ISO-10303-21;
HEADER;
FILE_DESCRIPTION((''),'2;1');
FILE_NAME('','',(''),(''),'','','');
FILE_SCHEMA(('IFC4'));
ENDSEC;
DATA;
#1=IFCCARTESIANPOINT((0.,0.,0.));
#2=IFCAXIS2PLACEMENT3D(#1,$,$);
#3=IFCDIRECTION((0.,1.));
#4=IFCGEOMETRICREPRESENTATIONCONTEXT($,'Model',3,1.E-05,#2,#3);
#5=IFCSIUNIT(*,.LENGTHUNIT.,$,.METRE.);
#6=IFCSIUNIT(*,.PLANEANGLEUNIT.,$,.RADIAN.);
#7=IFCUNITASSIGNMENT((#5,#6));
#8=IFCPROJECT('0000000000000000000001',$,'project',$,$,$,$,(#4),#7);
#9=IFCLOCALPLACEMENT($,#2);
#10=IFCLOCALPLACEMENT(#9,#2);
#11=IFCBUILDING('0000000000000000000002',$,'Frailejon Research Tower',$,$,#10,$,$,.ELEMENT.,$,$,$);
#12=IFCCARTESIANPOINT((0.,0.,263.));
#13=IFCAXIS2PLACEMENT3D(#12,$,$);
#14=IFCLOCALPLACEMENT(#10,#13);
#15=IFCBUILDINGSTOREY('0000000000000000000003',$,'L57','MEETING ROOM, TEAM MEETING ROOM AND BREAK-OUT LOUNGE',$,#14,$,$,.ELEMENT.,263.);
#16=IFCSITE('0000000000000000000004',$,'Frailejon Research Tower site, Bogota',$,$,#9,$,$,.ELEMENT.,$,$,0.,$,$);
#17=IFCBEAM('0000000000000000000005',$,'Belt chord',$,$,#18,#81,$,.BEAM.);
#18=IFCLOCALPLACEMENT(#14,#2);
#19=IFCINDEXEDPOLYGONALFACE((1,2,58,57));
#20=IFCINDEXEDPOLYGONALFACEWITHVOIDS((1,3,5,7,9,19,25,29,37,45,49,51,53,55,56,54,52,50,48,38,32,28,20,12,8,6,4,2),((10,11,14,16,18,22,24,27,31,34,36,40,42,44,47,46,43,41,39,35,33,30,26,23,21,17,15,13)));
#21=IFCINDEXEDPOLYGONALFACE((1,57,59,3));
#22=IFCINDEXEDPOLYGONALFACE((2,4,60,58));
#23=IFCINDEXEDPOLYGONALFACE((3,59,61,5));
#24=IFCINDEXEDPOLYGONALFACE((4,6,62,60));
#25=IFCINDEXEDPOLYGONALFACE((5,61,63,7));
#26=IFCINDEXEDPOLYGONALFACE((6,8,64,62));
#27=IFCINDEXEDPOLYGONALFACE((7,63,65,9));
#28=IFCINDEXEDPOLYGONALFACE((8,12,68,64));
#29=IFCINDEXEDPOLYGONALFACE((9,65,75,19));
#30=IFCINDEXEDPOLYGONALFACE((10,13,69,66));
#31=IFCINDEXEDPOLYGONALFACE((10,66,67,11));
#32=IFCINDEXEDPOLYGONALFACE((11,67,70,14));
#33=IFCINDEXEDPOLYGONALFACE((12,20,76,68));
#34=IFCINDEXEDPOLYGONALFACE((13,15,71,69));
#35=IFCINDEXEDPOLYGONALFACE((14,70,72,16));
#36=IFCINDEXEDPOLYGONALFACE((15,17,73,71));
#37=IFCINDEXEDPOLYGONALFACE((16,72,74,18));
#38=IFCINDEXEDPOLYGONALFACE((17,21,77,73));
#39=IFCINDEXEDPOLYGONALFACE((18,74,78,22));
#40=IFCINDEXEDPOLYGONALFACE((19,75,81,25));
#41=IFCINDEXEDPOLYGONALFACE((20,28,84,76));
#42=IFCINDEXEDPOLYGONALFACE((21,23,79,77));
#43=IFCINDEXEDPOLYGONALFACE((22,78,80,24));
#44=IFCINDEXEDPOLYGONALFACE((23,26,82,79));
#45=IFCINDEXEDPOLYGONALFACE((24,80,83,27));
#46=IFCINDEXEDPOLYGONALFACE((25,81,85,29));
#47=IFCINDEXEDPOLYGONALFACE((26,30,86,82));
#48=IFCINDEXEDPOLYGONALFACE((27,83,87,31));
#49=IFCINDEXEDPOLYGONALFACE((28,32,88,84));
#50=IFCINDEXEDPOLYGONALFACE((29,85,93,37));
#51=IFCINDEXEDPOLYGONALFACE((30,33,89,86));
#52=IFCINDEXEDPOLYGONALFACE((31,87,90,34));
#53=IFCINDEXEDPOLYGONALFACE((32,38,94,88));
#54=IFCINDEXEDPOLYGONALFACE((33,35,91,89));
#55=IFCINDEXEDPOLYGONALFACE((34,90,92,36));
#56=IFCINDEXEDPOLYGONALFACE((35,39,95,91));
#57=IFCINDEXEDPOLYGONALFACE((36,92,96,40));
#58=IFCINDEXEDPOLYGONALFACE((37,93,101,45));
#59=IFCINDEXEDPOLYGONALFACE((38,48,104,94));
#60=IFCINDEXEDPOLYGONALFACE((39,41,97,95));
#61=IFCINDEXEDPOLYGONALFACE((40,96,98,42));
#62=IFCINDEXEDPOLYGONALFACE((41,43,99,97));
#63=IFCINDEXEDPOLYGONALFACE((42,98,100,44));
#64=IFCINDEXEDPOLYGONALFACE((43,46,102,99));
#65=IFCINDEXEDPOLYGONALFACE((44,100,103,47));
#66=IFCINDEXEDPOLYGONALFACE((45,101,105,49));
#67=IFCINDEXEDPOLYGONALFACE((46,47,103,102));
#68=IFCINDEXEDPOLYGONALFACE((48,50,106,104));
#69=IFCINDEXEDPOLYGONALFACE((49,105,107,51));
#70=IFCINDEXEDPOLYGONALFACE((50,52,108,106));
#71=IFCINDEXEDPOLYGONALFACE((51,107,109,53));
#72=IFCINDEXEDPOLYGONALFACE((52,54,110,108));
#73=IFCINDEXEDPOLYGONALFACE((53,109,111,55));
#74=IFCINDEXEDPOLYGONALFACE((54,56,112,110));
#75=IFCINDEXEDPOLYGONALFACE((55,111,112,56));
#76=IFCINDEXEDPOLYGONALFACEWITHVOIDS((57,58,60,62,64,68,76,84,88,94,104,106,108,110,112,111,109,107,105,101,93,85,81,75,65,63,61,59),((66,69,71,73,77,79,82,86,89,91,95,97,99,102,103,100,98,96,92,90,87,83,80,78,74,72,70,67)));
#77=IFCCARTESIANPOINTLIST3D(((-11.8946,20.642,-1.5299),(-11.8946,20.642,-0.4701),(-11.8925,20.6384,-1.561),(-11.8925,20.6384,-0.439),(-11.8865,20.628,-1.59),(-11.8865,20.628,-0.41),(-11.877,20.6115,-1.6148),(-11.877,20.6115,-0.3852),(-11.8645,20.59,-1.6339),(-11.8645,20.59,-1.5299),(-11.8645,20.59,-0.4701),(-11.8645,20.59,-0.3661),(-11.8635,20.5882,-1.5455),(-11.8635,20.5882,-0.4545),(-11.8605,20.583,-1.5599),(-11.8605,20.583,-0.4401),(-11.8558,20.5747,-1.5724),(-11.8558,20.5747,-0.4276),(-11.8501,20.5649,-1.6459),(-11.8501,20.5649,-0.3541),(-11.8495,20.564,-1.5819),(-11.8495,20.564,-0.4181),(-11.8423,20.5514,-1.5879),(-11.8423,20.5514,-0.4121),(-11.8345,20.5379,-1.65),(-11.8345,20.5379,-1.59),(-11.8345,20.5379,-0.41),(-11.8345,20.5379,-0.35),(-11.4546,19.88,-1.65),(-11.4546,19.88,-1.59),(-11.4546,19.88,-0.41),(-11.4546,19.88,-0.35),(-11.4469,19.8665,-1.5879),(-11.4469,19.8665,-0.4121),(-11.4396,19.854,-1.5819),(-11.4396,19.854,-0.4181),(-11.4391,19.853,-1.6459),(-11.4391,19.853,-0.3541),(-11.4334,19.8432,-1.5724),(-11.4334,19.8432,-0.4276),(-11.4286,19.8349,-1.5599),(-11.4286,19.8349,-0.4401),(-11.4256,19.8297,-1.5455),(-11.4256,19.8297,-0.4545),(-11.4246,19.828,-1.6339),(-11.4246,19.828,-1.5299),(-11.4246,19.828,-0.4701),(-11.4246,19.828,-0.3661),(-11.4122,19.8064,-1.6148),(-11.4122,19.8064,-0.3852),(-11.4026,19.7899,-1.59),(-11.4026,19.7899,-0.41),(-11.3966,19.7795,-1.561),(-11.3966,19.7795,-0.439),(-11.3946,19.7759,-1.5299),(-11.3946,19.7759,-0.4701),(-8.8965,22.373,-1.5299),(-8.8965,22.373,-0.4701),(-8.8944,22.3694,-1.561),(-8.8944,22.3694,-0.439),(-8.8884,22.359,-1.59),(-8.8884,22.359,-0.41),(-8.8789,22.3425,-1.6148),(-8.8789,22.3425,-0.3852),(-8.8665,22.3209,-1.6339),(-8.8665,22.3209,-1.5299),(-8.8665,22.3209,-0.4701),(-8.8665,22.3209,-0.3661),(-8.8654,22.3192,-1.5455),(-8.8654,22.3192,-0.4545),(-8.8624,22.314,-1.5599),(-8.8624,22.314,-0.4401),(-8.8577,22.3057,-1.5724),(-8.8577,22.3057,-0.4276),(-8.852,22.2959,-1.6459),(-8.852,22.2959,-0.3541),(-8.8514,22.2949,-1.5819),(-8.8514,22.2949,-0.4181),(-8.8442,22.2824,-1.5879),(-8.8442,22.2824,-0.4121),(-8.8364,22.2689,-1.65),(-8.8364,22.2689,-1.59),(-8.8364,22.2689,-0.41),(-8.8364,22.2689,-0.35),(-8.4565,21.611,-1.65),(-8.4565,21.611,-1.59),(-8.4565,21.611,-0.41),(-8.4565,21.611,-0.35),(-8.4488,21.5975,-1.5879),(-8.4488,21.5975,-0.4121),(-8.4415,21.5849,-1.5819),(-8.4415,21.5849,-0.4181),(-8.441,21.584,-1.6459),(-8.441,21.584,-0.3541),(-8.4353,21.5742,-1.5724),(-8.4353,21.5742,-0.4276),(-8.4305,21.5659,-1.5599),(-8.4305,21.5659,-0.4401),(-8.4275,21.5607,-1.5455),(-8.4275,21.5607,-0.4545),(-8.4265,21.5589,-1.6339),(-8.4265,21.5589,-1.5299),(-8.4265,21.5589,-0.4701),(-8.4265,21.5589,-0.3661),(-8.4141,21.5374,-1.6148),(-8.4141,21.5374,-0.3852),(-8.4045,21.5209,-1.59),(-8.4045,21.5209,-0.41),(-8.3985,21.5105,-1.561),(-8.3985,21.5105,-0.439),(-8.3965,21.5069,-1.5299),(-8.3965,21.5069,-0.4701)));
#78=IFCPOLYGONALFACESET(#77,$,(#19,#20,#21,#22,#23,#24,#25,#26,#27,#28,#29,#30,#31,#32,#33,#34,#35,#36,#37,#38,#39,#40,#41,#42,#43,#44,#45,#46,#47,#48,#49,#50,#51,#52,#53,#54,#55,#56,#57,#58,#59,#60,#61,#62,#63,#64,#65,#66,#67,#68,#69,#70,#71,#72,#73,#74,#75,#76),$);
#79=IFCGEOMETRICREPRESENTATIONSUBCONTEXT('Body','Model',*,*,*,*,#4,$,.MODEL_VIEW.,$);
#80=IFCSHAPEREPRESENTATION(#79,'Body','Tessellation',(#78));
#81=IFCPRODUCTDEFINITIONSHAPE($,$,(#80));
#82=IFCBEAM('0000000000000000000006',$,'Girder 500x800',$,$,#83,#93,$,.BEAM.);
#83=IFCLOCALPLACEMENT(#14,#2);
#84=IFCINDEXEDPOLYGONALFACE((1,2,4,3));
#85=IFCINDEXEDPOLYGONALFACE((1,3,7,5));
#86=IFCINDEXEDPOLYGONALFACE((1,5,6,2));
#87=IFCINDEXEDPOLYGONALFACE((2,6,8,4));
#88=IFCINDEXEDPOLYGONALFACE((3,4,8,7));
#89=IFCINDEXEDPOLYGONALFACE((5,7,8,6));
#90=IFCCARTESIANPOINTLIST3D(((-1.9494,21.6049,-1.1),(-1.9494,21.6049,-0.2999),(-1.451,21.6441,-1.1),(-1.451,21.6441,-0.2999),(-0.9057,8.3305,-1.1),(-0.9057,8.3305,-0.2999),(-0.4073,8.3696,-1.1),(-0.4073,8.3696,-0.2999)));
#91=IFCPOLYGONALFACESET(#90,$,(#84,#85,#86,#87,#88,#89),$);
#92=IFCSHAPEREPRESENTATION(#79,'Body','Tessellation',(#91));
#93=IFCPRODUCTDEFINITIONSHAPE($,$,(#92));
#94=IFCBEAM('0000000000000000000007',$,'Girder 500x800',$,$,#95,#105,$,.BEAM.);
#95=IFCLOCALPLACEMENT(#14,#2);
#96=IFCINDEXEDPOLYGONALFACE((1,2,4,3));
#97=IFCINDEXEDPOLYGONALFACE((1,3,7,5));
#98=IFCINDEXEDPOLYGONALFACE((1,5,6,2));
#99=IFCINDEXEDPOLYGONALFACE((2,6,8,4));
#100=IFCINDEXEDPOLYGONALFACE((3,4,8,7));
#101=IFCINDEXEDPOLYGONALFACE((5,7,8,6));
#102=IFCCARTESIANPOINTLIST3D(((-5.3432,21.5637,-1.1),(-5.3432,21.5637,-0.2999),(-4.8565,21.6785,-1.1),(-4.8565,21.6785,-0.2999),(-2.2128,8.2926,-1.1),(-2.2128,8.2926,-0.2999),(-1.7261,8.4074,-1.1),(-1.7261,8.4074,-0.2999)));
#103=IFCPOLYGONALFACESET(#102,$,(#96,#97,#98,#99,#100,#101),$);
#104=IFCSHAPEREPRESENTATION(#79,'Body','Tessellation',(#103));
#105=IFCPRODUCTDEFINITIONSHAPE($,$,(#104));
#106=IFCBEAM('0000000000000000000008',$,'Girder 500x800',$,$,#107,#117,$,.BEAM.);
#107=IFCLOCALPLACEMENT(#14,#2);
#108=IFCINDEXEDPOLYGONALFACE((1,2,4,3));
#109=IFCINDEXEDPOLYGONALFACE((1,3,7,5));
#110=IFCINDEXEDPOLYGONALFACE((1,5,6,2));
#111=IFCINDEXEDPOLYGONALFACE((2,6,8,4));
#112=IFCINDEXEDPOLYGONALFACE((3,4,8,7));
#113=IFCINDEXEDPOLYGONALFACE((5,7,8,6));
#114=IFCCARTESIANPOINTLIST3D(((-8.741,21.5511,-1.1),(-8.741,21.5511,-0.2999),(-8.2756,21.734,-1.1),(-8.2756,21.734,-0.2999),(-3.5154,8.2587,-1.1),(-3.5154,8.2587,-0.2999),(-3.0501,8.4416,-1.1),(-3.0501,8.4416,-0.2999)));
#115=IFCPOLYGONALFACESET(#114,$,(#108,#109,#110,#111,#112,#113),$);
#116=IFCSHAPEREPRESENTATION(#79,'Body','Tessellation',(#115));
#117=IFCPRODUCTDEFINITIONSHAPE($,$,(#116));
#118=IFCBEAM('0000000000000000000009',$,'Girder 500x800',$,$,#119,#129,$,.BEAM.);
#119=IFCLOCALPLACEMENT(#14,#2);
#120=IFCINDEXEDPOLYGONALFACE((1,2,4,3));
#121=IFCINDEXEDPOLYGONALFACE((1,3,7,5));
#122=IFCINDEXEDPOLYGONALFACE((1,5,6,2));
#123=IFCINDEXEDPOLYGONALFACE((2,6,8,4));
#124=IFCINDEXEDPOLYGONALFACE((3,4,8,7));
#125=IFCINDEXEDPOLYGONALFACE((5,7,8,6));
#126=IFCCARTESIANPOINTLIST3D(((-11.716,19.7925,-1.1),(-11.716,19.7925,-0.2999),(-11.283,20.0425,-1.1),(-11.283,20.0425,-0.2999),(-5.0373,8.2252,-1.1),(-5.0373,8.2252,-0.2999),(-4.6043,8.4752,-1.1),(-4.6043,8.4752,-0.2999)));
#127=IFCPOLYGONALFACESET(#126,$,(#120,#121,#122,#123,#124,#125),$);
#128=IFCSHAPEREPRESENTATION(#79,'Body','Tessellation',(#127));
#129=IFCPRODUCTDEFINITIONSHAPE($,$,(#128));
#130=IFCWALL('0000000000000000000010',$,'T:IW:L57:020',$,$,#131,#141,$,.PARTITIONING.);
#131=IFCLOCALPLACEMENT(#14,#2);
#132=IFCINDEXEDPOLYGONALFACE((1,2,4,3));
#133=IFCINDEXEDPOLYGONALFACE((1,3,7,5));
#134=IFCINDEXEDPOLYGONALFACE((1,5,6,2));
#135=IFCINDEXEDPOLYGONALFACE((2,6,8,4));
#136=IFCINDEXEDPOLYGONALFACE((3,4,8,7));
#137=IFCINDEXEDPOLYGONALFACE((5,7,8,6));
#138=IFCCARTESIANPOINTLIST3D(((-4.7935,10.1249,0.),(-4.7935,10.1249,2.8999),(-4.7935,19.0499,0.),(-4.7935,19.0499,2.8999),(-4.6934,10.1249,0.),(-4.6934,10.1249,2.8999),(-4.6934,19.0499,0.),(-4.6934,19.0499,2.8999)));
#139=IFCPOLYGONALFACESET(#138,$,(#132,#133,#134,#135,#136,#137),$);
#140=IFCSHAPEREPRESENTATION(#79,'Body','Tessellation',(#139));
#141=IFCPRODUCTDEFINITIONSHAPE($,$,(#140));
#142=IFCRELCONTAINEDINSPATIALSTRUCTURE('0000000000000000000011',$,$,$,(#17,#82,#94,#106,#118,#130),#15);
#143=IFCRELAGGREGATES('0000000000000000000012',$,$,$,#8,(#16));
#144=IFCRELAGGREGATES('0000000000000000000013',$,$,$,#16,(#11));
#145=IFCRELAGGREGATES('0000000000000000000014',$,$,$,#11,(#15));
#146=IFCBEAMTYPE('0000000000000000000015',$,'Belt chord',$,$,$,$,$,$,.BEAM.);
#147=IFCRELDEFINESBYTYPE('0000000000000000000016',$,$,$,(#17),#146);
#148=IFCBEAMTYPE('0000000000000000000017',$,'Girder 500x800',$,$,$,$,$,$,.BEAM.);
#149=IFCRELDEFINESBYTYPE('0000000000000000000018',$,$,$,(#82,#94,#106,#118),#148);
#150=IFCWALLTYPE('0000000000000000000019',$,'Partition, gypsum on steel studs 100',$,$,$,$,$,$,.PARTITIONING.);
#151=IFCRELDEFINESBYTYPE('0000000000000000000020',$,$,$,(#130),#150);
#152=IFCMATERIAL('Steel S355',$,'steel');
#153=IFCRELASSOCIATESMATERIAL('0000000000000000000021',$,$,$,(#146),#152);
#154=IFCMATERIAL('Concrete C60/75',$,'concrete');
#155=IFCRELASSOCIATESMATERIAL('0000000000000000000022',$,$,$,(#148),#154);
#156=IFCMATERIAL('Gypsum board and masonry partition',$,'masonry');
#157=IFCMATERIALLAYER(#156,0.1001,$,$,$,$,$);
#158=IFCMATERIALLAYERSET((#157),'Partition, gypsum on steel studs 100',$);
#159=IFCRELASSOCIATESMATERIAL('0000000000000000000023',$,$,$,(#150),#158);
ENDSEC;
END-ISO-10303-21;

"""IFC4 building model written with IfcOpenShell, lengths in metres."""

from ifc_helpers import new_model, si_unit, direction, frame, frame_2d, origin, origin_2d, place, context, subcontext, project, spatial, rectangle, hollow_rectangle, extrude, material, layer, layer_set, material_profile, profile_set, type_object, element, save


model = new_model("IFC4")

# Units and contexts
model_context = context("Model", 3, precision=1e-05, world=origin(), true_north=direction((0.0, 1.0)))
body_context = subcontext(model_context, "Body", "Model", "MODEL_VIEW")
ifc_project = project(units=[si_unit("LENGTHUNIT", "METRE"), si_unit("PLANEANGLEUNIT", "RADIAN")], contexts=[model_context])

# Site, building, storey
site_placement = place(None, origin())
site = spatial("IfcSite", under=ifc_project, at=site_placement, Name="Frailejon Research Tower site, Bogota", CompositionType="ELEMENT", RefElevation=0.0)
building_placement = place(site_placement, origin())
building = spatial("IfcBuilding", under=site, at=building_placement, Name="Frailejon Research Tower", CompositionType="ELEMENT")
storey_placement = place(building_placement, frame((0.0, 0.0, 263.0)))
storey = spatial("IfcBuildingStorey", under=building, at=storey_placement, Name="L57", Description="MEETING ROOM, TEAM MEETING ROOM AND BREAK-OUT LOUNGE", CompositionType="ELEMENT", Elevation=263.0)

# Beams
ifc_material_1 = material(Name="Steel S355", Category="steel")
ifc_material_profile_1 = material_profile(ifc_material_1, hollow_rectangle(XDim=1.0, YDim=1.3, WallThickness=0.0601, InnerFilletRadius=0.0601, OuterFilletRadius=0.1201, at=origin_2d()), Name="Belt chord")
ifc_profile_set_1 = profile_set([ifc_material_profile_1], Name="Steel S355")
beam_type_1 = type_object("IfcBeamType", Name="Belt chord", PredefinedType="BEAM", material=ifc_profile_set_1)
beam_1_placement = place(storey_placement, frame((-8.6465, 21.9399, -1.0), z_axis=(-0.866021, -0.500007, 0.0), x_axis=(0.500007, -0.866021, 0.0)))
element("IfcBeam", 1, at=beam_1_placement, inside=storey, type_object=beam_type_1, Name="Belt chord", PredefinedType="BEAM", context=body_context, shape_type="SweptSolid", body=[
    extrude(hollow_rectangle(XDim=1.0, YDim=1.3, WallThickness=0.0601, InnerFilletRadius=0.0601, OuterFilletRadius=0.1201, at=origin_2d()), origin(), (0.0, 0.0, 1.0), 3.4619),
])
ifc_material_2 = material(Name="Concrete C60/75", Category="concrete")
ifc_material_profile_2 = material_profile(ifc_material_2, rectangle(XDim=0.5, YDim=0.8, at=origin_2d()), Name="Girder 500x800")
ifc_profile_set_2 = profile_set([ifc_material_profile_2], Name="Concrete C60/75")
beam_type_2 = type_object("IfcBeamType", Name="Girder 500x800", PredefinedType="BEAM", material=ifc_profile_set_2)
beam_2_placement = place(storey_placement, frame((-1.7002, 21.6245, -0.7), z_axis=(0.078383, -0.996923, 0.0), x_axis=(0.996923, 0.078383, 0.0)))
element("IfcBeam", 2, at=beam_2_placement, inside=storey, type_object=beam_type_2, Name="Girder 500x800", PredefinedType="BEAM", context=body_context, shape_type="SweptSolid", body=[
    extrude(rectangle(XDim=0.5, YDim=0.8, at=origin_2d()), origin(), (0.0, 0.0, 1.0), 13.3154),
])
beam_3_placement = place(storey_placement, frame((-5.0999, 21.6211, -0.7), z_axis=(0.22958, -0.97329, 0.0), x_axis=(0.97329, 0.22958, 0.0)))
element("IfcBeam", 3, at=beam_3_placement, inside=storey, type_object=beam_type_2, Name="Girder 500x800", PredefinedType="BEAM", context=body_context, shape_type="SweptSolid", body=[
    extrude(rectangle(XDim=0.5, YDim=0.8, at=origin_2d()), origin(), (0.0, 0.0, 1.0), 13.6353),
])
beam_4_placement = place(storey_placement, frame((-8.5083, 21.6426, -0.7), z_axis=(0.365867, -0.930667, 0.0), x_axis=(0.930667, 0.365867, 0.0)))
element("IfcBeam", 4, at=beam_4_placement, inside=storey, type_object=beam_type_2, Name="Girder 500x800", PredefinedType="BEAM", context=body_context, shape_type="SweptSolid", body=[
    extrude(rectangle(XDim=0.5, YDim=0.8, at=origin_2d()), origin(), (0.0, 0.0, 1.0), 14.2827),
])
beam_5_placement = place(storey_placement, frame((-11.4995, 19.9175, -0.7), z_axis=(0.500016, -0.866016, 0.0), x_axis=(0.866016, 0.500016, 0.0)))
element("IfcBeam", 5, at=beam_5_placement, inside=storey, type_object=beam_type_2, Name="Girder 500x800", PredefinedType="BEAM", context=body_context, shape_type="SweptSolid", body=[
    extrude(rectangle(XDim=0.5, YDim=0.8, at=origin_2d()), origin(), (0.0, 0.0, 1.0), 13.3569),
])

# Wall
ifc_material_3 = material(Name="Gypsum board and masonry partition", Category="masonry")
ifc_layer_1 = layer(ifc_material_3, 0.1001)
ifc_layer_set_1 = layer_set([ifc_layer_1], Name="Partition, gypsum on steel studs 100")
wall_type_1 = type_object("IfcWallType", Name="Partition, gypsum on steel studs 100", PredefinedType="PARTITIONING", material=ifc_layer_set_1)
wall_1_placement = place(storey_placement, frame((-4.7434, 10.125, 0.0), z_axis=(0.0, 0.0, 1.0), x_axis=(0.0, 1.0, 0.0)))
element("IfcWall", 6, at=wall_1_placement, inside=storey, type_object=wall_type_1, Name="T:IW:L57:020", PredefinedType="PARTITIONING", context=body_context, shape_type="SweptSolid", body=[
    extrude(rectangle(XDim=8.925, YDim=0.1001, at=frame_2d((4.4624, 0.0))), origin(), (0.0, 0.0, 1.0), 2.8999),
])

save(model, "model.ifc")
